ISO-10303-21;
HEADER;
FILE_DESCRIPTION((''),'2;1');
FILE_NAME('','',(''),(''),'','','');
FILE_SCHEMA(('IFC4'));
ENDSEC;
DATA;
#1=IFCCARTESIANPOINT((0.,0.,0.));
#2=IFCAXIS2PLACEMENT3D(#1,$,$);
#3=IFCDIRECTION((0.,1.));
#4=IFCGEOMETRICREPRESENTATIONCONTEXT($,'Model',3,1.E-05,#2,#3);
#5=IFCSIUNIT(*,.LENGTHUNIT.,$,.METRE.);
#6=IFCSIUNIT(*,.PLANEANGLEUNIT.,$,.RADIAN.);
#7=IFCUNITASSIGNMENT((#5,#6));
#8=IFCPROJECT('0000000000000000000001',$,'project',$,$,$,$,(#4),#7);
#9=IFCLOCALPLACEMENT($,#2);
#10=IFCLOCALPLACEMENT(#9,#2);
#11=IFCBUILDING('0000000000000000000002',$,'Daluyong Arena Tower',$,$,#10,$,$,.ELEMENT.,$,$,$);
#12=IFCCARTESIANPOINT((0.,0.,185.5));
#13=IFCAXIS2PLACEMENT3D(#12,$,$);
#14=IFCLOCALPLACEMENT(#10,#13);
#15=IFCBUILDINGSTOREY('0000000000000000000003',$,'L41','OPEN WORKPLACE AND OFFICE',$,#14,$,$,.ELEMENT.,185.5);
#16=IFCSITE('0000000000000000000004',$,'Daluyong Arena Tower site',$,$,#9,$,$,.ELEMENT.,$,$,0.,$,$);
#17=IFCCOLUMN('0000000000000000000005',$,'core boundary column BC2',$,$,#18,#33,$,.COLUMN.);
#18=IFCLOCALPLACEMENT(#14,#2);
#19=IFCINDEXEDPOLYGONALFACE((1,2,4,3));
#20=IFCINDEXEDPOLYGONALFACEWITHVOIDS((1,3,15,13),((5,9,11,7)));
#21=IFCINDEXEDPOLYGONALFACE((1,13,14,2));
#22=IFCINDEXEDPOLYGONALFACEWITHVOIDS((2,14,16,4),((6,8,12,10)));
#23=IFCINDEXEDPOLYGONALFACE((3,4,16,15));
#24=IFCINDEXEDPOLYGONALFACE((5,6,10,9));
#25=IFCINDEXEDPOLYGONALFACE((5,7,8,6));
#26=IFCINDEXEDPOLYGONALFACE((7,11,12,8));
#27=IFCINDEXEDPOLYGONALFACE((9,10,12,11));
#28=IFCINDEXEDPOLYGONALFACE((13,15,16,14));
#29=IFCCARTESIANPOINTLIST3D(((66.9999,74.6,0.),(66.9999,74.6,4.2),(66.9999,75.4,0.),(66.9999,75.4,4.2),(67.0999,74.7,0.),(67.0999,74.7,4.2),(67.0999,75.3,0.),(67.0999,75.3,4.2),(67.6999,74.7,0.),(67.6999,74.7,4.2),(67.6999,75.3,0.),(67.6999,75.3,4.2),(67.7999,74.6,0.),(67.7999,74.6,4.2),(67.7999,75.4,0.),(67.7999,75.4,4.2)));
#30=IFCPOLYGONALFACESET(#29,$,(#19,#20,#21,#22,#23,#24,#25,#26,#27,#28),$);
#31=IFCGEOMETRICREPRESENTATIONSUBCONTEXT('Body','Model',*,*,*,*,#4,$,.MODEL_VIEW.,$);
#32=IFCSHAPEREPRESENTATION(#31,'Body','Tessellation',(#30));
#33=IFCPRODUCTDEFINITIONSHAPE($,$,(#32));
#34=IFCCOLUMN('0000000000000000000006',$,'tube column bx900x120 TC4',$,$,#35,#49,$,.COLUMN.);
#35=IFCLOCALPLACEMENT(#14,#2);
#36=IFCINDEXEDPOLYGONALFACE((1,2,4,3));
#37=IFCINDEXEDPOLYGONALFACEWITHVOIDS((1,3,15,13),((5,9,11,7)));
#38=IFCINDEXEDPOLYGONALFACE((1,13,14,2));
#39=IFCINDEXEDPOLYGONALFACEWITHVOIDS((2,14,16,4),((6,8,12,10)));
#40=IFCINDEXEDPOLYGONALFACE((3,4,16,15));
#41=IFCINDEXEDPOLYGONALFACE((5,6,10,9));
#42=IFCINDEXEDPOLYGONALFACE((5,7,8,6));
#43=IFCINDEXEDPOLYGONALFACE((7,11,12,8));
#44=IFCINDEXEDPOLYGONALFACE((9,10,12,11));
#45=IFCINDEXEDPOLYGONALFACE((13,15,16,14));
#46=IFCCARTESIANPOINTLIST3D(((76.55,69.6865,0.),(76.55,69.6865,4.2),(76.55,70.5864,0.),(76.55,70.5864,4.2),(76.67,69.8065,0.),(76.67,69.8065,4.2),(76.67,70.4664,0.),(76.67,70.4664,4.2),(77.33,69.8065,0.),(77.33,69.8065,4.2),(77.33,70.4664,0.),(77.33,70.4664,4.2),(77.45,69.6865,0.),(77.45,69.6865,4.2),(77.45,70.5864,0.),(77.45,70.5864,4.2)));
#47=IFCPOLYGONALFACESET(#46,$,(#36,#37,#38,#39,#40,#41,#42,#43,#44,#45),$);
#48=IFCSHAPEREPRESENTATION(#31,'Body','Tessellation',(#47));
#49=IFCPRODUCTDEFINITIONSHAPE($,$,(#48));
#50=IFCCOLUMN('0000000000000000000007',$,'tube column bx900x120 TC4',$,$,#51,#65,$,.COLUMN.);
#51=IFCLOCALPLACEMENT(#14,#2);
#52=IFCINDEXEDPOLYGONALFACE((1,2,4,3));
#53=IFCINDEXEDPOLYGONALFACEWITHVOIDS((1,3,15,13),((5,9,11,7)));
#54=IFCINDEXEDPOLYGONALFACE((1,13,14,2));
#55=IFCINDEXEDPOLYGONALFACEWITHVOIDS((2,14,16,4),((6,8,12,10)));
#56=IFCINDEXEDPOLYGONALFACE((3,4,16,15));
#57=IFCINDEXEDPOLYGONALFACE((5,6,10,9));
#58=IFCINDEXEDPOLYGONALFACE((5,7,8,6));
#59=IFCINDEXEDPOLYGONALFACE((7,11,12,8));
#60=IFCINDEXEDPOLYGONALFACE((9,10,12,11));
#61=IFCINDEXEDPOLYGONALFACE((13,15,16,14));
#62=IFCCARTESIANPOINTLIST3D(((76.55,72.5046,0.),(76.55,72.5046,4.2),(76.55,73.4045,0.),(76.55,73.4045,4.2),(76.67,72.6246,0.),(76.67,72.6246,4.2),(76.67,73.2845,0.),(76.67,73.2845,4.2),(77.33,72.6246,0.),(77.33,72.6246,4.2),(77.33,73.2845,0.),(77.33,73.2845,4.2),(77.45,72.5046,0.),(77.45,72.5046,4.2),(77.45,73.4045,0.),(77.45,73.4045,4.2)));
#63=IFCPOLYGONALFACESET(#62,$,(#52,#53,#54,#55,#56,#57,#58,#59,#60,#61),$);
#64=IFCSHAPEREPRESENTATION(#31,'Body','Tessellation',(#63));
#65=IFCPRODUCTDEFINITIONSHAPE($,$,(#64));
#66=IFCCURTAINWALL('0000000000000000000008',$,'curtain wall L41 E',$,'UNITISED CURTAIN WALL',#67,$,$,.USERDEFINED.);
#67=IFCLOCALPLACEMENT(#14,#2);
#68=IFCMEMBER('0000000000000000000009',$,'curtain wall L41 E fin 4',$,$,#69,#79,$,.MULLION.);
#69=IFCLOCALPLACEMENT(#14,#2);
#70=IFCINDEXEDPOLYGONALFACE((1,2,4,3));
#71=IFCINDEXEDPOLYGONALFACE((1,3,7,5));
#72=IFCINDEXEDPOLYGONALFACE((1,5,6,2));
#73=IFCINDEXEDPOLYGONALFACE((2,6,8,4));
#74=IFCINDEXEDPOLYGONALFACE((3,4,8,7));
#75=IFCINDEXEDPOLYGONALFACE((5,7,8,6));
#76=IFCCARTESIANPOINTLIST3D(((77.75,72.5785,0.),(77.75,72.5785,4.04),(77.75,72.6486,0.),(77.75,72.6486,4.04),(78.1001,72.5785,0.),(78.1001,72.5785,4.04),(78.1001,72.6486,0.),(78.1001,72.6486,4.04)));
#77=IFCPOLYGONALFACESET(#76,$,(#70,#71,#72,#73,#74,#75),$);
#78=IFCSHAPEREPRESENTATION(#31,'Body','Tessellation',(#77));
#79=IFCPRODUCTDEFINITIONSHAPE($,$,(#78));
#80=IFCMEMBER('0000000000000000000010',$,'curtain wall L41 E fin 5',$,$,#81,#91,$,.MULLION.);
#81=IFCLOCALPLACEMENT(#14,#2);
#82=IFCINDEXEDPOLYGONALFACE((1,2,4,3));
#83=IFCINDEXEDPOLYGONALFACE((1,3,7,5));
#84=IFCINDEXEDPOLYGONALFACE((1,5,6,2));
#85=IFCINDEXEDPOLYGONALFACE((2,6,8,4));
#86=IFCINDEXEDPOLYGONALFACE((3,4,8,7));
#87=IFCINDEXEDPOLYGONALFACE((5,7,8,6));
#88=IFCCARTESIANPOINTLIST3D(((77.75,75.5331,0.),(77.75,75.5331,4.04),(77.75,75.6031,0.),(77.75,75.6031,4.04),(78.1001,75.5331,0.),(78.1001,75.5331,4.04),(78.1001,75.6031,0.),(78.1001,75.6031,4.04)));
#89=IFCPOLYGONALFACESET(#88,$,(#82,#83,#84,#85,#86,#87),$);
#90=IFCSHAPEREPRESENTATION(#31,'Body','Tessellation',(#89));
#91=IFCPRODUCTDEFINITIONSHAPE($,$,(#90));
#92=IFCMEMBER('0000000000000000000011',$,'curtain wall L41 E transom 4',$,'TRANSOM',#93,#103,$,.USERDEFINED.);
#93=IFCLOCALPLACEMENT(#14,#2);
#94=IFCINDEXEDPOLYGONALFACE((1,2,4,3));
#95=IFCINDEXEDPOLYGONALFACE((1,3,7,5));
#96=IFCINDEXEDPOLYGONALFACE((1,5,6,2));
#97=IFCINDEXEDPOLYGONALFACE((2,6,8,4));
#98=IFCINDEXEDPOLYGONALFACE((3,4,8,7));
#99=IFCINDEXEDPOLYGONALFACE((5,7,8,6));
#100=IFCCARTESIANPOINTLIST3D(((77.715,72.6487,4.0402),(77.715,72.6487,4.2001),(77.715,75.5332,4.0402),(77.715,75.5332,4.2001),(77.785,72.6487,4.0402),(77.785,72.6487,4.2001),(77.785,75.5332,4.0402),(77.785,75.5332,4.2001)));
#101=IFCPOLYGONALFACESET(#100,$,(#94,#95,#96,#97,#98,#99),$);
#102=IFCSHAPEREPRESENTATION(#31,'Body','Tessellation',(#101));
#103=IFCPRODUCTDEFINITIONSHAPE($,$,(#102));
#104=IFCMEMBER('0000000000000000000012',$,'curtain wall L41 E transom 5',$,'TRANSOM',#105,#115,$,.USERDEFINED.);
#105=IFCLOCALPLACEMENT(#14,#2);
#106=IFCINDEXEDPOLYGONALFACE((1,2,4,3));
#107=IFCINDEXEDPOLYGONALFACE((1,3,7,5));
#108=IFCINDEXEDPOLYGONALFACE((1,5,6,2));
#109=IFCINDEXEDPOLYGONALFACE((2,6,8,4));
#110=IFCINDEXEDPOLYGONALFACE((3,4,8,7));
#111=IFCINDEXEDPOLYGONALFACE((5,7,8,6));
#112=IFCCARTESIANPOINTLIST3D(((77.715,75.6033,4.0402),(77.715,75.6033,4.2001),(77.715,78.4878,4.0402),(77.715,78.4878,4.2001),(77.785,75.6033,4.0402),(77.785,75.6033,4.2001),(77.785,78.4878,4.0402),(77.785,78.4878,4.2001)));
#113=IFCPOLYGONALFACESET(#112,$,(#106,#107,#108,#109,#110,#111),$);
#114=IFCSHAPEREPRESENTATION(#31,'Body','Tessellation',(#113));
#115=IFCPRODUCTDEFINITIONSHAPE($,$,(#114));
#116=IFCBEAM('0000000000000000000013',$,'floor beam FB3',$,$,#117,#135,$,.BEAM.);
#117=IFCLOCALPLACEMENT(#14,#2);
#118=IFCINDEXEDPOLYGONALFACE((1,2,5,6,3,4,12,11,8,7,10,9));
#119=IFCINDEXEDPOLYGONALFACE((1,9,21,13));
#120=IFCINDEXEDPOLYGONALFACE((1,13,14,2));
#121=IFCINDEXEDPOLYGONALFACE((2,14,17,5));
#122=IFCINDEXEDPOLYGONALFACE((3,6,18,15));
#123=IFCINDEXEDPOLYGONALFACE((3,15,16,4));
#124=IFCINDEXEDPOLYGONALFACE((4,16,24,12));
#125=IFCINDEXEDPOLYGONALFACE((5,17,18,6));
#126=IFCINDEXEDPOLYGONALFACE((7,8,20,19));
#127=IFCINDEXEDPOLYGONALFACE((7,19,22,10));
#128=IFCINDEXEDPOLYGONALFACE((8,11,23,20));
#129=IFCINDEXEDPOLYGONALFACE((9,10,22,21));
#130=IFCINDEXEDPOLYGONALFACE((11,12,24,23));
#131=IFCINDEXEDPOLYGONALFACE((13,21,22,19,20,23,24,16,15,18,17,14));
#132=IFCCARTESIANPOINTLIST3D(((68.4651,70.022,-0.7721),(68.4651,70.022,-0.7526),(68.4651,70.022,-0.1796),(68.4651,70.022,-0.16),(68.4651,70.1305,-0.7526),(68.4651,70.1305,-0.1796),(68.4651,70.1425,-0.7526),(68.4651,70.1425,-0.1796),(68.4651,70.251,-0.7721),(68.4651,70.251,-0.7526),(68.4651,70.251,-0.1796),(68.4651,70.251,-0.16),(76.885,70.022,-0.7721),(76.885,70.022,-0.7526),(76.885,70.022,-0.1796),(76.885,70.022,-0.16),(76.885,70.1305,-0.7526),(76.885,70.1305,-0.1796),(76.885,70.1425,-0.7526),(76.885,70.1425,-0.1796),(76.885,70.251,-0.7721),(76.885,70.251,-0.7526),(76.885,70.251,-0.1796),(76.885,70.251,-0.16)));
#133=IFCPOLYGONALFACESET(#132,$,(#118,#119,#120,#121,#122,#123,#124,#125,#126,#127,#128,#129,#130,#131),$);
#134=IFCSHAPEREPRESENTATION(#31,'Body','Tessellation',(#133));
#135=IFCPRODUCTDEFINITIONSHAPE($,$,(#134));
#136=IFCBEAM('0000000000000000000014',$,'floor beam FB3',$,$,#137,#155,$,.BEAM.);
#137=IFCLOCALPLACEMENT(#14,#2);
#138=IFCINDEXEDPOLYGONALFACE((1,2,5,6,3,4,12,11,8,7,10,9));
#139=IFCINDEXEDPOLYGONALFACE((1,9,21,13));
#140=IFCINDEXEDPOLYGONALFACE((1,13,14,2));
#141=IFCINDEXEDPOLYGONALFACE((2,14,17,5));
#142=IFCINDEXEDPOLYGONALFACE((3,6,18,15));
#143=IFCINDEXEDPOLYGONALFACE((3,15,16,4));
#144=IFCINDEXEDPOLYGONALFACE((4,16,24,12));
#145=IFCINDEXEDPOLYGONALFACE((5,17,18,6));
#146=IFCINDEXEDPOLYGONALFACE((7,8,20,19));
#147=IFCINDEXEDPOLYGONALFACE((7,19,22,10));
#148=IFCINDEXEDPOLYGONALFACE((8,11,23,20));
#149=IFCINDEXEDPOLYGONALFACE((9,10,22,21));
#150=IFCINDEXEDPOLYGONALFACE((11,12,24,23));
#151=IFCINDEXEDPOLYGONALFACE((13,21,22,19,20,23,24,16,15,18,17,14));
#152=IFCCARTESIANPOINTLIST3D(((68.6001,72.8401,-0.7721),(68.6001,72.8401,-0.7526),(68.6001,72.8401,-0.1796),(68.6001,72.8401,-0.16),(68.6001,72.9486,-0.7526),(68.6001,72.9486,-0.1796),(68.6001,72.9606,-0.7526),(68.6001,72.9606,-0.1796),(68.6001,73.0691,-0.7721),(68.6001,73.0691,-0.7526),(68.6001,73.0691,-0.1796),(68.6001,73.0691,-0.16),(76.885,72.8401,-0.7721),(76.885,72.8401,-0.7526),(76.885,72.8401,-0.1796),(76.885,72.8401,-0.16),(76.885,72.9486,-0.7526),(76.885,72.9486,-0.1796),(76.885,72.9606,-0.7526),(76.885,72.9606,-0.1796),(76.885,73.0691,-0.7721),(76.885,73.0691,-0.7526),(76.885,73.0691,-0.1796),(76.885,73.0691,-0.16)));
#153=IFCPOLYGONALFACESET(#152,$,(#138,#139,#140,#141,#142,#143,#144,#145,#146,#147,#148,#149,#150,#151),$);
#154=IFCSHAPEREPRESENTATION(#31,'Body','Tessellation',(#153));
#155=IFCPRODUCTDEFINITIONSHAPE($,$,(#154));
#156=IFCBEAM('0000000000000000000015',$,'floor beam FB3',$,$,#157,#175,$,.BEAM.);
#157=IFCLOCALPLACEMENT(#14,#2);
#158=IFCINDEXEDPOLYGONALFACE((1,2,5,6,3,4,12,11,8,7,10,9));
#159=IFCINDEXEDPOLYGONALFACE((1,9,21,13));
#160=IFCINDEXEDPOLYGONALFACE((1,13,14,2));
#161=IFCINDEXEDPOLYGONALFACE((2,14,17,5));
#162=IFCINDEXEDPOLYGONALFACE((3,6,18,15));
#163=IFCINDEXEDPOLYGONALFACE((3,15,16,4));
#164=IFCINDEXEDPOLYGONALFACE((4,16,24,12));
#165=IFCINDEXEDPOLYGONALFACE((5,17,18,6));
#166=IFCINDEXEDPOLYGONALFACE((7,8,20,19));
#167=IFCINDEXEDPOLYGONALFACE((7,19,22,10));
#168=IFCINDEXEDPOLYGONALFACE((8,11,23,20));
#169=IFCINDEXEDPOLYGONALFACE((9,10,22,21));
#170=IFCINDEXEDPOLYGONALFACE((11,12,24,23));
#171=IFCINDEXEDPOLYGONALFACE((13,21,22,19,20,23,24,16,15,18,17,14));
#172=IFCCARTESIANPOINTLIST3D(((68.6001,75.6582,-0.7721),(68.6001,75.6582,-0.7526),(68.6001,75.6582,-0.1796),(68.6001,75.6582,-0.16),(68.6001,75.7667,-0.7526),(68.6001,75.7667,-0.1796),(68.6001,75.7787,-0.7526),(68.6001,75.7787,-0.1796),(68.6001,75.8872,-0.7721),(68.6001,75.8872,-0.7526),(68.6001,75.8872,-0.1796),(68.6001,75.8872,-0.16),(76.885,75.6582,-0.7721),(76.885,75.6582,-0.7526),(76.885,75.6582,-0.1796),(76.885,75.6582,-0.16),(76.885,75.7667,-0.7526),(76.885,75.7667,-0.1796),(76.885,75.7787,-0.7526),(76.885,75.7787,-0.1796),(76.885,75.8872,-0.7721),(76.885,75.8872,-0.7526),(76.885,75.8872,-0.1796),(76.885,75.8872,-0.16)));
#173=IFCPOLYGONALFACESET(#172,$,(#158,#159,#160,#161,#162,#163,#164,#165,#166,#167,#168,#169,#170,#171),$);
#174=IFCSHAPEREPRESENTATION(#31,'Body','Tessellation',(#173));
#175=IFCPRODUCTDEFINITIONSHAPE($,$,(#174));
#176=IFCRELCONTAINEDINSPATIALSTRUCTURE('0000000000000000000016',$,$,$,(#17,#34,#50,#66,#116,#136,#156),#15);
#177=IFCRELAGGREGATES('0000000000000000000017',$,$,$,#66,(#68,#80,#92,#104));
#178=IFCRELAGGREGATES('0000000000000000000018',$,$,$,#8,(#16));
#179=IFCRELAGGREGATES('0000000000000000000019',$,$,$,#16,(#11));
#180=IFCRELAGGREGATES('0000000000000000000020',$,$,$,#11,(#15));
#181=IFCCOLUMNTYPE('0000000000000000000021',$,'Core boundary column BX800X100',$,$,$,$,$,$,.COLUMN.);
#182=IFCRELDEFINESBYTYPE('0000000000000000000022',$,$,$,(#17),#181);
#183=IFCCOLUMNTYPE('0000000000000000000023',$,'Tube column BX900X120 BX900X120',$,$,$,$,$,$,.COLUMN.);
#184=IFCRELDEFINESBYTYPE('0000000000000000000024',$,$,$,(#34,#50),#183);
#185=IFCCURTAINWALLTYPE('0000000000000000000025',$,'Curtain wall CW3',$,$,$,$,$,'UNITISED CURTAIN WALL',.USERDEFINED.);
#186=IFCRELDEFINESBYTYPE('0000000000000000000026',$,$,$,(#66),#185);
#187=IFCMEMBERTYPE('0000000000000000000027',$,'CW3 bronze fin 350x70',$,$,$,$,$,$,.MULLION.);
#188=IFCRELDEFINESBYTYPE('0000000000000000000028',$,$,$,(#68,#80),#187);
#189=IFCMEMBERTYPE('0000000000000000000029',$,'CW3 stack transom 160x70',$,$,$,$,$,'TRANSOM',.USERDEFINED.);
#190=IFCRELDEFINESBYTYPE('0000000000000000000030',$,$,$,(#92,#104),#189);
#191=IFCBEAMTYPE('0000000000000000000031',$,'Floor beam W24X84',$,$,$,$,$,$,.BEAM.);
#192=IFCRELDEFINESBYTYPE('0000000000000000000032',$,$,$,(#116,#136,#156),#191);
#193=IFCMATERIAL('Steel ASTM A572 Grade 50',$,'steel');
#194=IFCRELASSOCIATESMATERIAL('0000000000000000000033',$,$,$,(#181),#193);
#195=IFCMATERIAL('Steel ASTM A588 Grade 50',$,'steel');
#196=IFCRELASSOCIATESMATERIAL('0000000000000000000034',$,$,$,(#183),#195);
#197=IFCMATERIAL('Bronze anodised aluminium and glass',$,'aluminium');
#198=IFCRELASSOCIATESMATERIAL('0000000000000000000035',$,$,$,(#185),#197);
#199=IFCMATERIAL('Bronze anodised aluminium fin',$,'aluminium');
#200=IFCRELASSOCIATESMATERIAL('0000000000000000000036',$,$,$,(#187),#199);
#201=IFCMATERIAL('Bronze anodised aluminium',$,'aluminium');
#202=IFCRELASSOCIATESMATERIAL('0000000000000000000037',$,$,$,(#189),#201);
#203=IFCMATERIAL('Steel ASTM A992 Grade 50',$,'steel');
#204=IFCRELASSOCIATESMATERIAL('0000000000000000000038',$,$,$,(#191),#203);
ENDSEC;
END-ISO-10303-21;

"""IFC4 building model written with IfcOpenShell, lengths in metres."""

from ifc_helpers import new_model, si_unit, direction, frame, origin, origin_2d, place, context, subcontext, project, spatial, rectangle, hollow_rectangle, i_section, extrude, material, material_profile, profile_set, type_object, element, aggregate, save


model = new_model("IFC4")

# Units and contexts
model_context = context("Model", 3, precision=1e-05, world=origin(), true_north=direction((0.0, 1.0)))
body_context = subcontext(model_context, "Body", "Model", "MODEL_VIEW")
ifc_project = project(units=[si_unit("LENGTHUNIT", "METRE"), si_unit("PLANEANGLEUNIT", "RADIAN")], contexts=[model_context])

# Site, building, storey
site_placement = place(None, origin())
site = spatial("IfcSite", under=ifc_project, at=site_placement, Name="Daluyong Arena Tower site", CompositionType="ELEMENT", RefElevation=0.0)
building_placement = place(site_placement, origin())
building = spatial("IfcBuilding", under=site, at=building_placement, Name="Daluyong Arena Tower", CompositionType="ELEMENT")
storey_placement = place(building_placement, frame((0.0, 0.0, 185.5)))
storey = spatial("IfcBuildingStorey", under=building, at=storey_placement, Name="L41", Description="OPEN WORKPLACE AND OFFICE", CompositionType="ELEMENT", Elevation=185.5)

# Columns
ifc_material_1 = material(Name="Steel ASTM A572 Grade 50", Category="steel")
ifc_material_profile_1 = material_profile(ifc_material_1, hollow_rectangle(XDim=0.8, YDim=0.8, WallThickness=0.1, at=origin_2d()))
ifc_profile_set_1 = profile_set([ifc_material_profile_1], Name="Steel ASTM A572 Grade 50")
column_type_1 = type_object("IfcColumnType", Name="Core boundary column BX800X100", PredefinedType="COLUMN", material=ifc_profile_set_1)
column_placement = place(storey_placement, frame((67.3999, 75.0, 0.0), z_axis=(0.0, 0.0, 1.0), x_axis=(1.0, 0.0, 0.0)))
element("IfcColumn", 1, at=column_placement, inside=storey, type_object=column_type_1, Name="core boundary column BC2", PredefinedType="COLUMN", context=body_context, shape_type="SweptSolid", body=[
    extrude(hollow_rectangle(XDim=0.8, YDim=0.8, WallThickness=0.1, at=origin_2d()), origin(), (0.0, 0.0, 1.0), 4.2),
])
ifc_material_2 = material(Name="Steel ASTM A588 Grade 50", Category="steel")
ifc_material_profile_2 = material_profile(ifc_material_2, hollow_rectangle(XDim=0.8999, YDim=0.8999, WallThickness=0.12, at=origin_2d()))
ifc_profile_set_2 = profile_set([ifc_material_profile_2], Name="Steel ASTM A588 Grade 50")
column_type_2 = type_object("IfcColumnType", Name="Tube column BX900X120 BX900X120", PredefinedType="COLUMN", material=ifc_profile_set_2)
for number, where, z_axis, x_axis, name in (
    (2, (77.0, 70.1365, 0.0), (0.0, 0.0, 1.0), (0.0, 1.0, 0.0), "tube column bx900x120 TC4"),
    (3, (77.0, 72.9546, 0.0), (0.0, 0.0, 1.0), (0.0, 1.0, 0.0), "tube column bx900x120 TC4"),
):
    element("IfcColumn", number, at=place(storey_placement, frame(where, z_axis=z_axis, x_axis=x_axis)), inside=storey, type_object=column_type_2, Name=name, PredefinedType="COLUMN", context=body_context, shape_type="SweptSolid", body=[
        extrude(hollow_rectangle(XDim=0.8999, YDim=0.8999, WallThickness=0.12, at=origin_2d()), origin(), (0.0, 0.0, 1.0), 4.2),
    ])

# Curtain wall, members
ifc_material_3 = material(Name="Bronze anodised aluminium and glass", Category="aluminium")
curtain_wall_type = type_object("IfcCurtainWallType", Name="Curtain wall CW3", ElementType="UNITISED CURTAIN WALL", PredefinedType="USERDEFINED", material=ifc_material_3)
curtain_wall_placement = place(storey_placement, origin())
curtain_wall = element("IfcCurtainWall", 4, at=curtain_wall_placement, inside=storey, type_object=curtain_wall_type, Name="curtain wall L41 E", ObjectType="UNITISED CURTAIN WALL", PredefinedType="USERDEFINED")
ifc_material_4 = material(Name="Bronze anodised aluminium fin", Category="aluminium")
ifc_material_profile_3 = material_profile(ifc_material_4, rectangle(XDim=0.3501, YDim=0.0701, at=origin_2d()))
ifc_profile_set_3 = profile_set([ifc_material_profile_3], Name="Bronze anodised aluminium fin")
member_type_1 = type_object("IfcMemberType", Name="CW3 bronze fin 350x70", PredefinedType="MULLION", material=ifc_profile_set_3)
member_1_placement = place(storey_placement, frame((77.925, 72.6135, 0.0), z_axis=(0.0, 0.0, 1.0), x_axis=(-1.0, 0.0, 0.0)))
member_1 = element("IfcMember", 5, at=member_1_placement, type_object=member_type_1, Name="curtain wall L41 E fin 4", PredefinedType="MULLION", context=body_context, shape_type="SweptSolid", body=[
    extrude(rectangle(XDim=0.3501, YDim=0.0701, at=origin_2d()), origin(), (0.0, 0.0, 1.0), 4.04),
])
member_2_placement = place(storey_placement, frame((77.925, 75.5681, 0.0), z_axis=(0.0, 0.0, 1.0), x_axis=(-1.0, 0.0, 0.0)))
member_2 = element("IfcMember", 6, at=member_2_placement, type_object=member_type_1, Name="curtain wall L41 E fin 5", PredefinedType="MULLION", context=body_context, shape_type="SweptSolid", body=[
    extrude(rectangle(XDim=0.3501, YDim=0.0701, at=origin_2d()), origin(), (0.0, 0.0, 1.0), 4.04),
])
ifc_material_5 = material(Name="Bronze anodised aluminium", Category="aluminium")
ifc_material_profile_4 = material_profile(ifc_material_5, rectangle(XDim=0.0701, YDim=0.1599, at=origin_2d()))
ifc_profile_set_4 = profile_set([ifc_material_profile_4], Name="Bronze anodised aluminium")
member_type_2 = type_object("IfcMemberType", Name="CW3 stack transom 160x70", ElementType="TRANSOM", PredefinedType="USERDEFINED", material=ifc_profile_set_4)
member_3_placement = place(storey_placement, frame((77.75, 72.6487, 4.1201), z_axis=(0.0, 1.0, 0.0), x_axis=(-1.0, 0.0, 0.0)))
member_3 = element("IfcMember", 7, at=member_3_placement, type_object=member_type_2, Name="curtain wall L41 E transom 4", ObjectType="TRANSOM", PredefinedType="USERDEFINED", context=body_context, shape_type="SweptSolid", body=[
    extrude(rectangle(XDim=0.0701, YDim=0.1599, at=origin_2d()), origin(), (0.0, 0.0, 1.0), 2.8845),
])
member_4_placement = place(storey_placement, frame((77.75, 75.6033, 4.1201), z_axis=(0.0, 1.0, 0.0), x_axis=(-1.0, 0.0, 0.0)))
member_4 = element("IfcMember", 8, at=member_4_placement, type_object=member_type_2, Name="curtain wall L41 E transom 5", ObjectType="TRANSOM", PredefinedType="USERDEFINED", context=body_context, shape_type="SweptSolid", body=[
    extrude(rectangle(XDim=0.0701, YDim=0.1599, at=origin_2d()), origin(), (0.0, 0.0, 1.0), 2.8845),
])

# Beams
ifc_material_6 = material(Name="Steel ASTM A992 Grade 50", Category="steel")
ifc_material_profile_5 = material_profile(ifc_material_6, i_section(OverallWidth=0.229, OverallDepth=0.6121, WebThickness=0.012, FlangeThickness=0.0195, at=origin_2d()))
ifc_profile_set_5 = profile_set([ifc_material_profile_5], Name="Steel ASTM A992 Grade 50")
beam_type_1 = type_object("IfcBeamType", Name="Floor beam W24X84", PredefinedType="BEAM", material=ifc_profile_set_5)
beam_placement = place(storey_placement, frame((76.885, 70.1365, -0.4661), z_axis=(-1.0, 0.0, 0.0), x_axis=(0.0, -1.0, 0.0)))
element("IfcBeam", 9, at=beam_placement, inside=storey, type_object=beam_type_1, Name="floor beam FB3", PredefinedType="BEAM", context=body_context, shape_type="SweptSolid", body=[
    extrude(i_section(OverallWidth=0.229, OverallDepth=0.6121, WebThickness=0.012, FlangeThickness=0.0195, at=origin_2d()), origin(), (0.0, 0.0, 1.0), 8.4199),
])
for number, where, z_axis, x_axis, name in (
    (10, (76.885, 72.9546, -0.4661), (-1.0, 0.0, 0.0), (0.0, -1.0, 0.0), "floor beam FB3"),
    (11, (76.885, 75.7727, -0.4661), (-1.0, 0.0, 0.0), (0.0, -1.0, 0.0), "floor beam FB3"),
):
    element("IfcBeam", number, at=place(storey_placement, frame(where, z_axis=z_axis, x_axis=x_axis)), inside=storey, type_object=beam_type_1, Name=name, PredefinedType="BEAM", context=body_context, shape_type="SweptSolid", body=[
        extrude(i_section(OverallWidth=0.229, OverallDepth=0.6121, WebThickness=0.012, FlangeThickness=0.0195, at=origin_2d()), origin(), (0.0, 0.0, 1.0), 8.2849),
    ])

aggregate(curtain_wall, [member_1, member_2, member_3, member_4])

save(model, "model.ifc")
